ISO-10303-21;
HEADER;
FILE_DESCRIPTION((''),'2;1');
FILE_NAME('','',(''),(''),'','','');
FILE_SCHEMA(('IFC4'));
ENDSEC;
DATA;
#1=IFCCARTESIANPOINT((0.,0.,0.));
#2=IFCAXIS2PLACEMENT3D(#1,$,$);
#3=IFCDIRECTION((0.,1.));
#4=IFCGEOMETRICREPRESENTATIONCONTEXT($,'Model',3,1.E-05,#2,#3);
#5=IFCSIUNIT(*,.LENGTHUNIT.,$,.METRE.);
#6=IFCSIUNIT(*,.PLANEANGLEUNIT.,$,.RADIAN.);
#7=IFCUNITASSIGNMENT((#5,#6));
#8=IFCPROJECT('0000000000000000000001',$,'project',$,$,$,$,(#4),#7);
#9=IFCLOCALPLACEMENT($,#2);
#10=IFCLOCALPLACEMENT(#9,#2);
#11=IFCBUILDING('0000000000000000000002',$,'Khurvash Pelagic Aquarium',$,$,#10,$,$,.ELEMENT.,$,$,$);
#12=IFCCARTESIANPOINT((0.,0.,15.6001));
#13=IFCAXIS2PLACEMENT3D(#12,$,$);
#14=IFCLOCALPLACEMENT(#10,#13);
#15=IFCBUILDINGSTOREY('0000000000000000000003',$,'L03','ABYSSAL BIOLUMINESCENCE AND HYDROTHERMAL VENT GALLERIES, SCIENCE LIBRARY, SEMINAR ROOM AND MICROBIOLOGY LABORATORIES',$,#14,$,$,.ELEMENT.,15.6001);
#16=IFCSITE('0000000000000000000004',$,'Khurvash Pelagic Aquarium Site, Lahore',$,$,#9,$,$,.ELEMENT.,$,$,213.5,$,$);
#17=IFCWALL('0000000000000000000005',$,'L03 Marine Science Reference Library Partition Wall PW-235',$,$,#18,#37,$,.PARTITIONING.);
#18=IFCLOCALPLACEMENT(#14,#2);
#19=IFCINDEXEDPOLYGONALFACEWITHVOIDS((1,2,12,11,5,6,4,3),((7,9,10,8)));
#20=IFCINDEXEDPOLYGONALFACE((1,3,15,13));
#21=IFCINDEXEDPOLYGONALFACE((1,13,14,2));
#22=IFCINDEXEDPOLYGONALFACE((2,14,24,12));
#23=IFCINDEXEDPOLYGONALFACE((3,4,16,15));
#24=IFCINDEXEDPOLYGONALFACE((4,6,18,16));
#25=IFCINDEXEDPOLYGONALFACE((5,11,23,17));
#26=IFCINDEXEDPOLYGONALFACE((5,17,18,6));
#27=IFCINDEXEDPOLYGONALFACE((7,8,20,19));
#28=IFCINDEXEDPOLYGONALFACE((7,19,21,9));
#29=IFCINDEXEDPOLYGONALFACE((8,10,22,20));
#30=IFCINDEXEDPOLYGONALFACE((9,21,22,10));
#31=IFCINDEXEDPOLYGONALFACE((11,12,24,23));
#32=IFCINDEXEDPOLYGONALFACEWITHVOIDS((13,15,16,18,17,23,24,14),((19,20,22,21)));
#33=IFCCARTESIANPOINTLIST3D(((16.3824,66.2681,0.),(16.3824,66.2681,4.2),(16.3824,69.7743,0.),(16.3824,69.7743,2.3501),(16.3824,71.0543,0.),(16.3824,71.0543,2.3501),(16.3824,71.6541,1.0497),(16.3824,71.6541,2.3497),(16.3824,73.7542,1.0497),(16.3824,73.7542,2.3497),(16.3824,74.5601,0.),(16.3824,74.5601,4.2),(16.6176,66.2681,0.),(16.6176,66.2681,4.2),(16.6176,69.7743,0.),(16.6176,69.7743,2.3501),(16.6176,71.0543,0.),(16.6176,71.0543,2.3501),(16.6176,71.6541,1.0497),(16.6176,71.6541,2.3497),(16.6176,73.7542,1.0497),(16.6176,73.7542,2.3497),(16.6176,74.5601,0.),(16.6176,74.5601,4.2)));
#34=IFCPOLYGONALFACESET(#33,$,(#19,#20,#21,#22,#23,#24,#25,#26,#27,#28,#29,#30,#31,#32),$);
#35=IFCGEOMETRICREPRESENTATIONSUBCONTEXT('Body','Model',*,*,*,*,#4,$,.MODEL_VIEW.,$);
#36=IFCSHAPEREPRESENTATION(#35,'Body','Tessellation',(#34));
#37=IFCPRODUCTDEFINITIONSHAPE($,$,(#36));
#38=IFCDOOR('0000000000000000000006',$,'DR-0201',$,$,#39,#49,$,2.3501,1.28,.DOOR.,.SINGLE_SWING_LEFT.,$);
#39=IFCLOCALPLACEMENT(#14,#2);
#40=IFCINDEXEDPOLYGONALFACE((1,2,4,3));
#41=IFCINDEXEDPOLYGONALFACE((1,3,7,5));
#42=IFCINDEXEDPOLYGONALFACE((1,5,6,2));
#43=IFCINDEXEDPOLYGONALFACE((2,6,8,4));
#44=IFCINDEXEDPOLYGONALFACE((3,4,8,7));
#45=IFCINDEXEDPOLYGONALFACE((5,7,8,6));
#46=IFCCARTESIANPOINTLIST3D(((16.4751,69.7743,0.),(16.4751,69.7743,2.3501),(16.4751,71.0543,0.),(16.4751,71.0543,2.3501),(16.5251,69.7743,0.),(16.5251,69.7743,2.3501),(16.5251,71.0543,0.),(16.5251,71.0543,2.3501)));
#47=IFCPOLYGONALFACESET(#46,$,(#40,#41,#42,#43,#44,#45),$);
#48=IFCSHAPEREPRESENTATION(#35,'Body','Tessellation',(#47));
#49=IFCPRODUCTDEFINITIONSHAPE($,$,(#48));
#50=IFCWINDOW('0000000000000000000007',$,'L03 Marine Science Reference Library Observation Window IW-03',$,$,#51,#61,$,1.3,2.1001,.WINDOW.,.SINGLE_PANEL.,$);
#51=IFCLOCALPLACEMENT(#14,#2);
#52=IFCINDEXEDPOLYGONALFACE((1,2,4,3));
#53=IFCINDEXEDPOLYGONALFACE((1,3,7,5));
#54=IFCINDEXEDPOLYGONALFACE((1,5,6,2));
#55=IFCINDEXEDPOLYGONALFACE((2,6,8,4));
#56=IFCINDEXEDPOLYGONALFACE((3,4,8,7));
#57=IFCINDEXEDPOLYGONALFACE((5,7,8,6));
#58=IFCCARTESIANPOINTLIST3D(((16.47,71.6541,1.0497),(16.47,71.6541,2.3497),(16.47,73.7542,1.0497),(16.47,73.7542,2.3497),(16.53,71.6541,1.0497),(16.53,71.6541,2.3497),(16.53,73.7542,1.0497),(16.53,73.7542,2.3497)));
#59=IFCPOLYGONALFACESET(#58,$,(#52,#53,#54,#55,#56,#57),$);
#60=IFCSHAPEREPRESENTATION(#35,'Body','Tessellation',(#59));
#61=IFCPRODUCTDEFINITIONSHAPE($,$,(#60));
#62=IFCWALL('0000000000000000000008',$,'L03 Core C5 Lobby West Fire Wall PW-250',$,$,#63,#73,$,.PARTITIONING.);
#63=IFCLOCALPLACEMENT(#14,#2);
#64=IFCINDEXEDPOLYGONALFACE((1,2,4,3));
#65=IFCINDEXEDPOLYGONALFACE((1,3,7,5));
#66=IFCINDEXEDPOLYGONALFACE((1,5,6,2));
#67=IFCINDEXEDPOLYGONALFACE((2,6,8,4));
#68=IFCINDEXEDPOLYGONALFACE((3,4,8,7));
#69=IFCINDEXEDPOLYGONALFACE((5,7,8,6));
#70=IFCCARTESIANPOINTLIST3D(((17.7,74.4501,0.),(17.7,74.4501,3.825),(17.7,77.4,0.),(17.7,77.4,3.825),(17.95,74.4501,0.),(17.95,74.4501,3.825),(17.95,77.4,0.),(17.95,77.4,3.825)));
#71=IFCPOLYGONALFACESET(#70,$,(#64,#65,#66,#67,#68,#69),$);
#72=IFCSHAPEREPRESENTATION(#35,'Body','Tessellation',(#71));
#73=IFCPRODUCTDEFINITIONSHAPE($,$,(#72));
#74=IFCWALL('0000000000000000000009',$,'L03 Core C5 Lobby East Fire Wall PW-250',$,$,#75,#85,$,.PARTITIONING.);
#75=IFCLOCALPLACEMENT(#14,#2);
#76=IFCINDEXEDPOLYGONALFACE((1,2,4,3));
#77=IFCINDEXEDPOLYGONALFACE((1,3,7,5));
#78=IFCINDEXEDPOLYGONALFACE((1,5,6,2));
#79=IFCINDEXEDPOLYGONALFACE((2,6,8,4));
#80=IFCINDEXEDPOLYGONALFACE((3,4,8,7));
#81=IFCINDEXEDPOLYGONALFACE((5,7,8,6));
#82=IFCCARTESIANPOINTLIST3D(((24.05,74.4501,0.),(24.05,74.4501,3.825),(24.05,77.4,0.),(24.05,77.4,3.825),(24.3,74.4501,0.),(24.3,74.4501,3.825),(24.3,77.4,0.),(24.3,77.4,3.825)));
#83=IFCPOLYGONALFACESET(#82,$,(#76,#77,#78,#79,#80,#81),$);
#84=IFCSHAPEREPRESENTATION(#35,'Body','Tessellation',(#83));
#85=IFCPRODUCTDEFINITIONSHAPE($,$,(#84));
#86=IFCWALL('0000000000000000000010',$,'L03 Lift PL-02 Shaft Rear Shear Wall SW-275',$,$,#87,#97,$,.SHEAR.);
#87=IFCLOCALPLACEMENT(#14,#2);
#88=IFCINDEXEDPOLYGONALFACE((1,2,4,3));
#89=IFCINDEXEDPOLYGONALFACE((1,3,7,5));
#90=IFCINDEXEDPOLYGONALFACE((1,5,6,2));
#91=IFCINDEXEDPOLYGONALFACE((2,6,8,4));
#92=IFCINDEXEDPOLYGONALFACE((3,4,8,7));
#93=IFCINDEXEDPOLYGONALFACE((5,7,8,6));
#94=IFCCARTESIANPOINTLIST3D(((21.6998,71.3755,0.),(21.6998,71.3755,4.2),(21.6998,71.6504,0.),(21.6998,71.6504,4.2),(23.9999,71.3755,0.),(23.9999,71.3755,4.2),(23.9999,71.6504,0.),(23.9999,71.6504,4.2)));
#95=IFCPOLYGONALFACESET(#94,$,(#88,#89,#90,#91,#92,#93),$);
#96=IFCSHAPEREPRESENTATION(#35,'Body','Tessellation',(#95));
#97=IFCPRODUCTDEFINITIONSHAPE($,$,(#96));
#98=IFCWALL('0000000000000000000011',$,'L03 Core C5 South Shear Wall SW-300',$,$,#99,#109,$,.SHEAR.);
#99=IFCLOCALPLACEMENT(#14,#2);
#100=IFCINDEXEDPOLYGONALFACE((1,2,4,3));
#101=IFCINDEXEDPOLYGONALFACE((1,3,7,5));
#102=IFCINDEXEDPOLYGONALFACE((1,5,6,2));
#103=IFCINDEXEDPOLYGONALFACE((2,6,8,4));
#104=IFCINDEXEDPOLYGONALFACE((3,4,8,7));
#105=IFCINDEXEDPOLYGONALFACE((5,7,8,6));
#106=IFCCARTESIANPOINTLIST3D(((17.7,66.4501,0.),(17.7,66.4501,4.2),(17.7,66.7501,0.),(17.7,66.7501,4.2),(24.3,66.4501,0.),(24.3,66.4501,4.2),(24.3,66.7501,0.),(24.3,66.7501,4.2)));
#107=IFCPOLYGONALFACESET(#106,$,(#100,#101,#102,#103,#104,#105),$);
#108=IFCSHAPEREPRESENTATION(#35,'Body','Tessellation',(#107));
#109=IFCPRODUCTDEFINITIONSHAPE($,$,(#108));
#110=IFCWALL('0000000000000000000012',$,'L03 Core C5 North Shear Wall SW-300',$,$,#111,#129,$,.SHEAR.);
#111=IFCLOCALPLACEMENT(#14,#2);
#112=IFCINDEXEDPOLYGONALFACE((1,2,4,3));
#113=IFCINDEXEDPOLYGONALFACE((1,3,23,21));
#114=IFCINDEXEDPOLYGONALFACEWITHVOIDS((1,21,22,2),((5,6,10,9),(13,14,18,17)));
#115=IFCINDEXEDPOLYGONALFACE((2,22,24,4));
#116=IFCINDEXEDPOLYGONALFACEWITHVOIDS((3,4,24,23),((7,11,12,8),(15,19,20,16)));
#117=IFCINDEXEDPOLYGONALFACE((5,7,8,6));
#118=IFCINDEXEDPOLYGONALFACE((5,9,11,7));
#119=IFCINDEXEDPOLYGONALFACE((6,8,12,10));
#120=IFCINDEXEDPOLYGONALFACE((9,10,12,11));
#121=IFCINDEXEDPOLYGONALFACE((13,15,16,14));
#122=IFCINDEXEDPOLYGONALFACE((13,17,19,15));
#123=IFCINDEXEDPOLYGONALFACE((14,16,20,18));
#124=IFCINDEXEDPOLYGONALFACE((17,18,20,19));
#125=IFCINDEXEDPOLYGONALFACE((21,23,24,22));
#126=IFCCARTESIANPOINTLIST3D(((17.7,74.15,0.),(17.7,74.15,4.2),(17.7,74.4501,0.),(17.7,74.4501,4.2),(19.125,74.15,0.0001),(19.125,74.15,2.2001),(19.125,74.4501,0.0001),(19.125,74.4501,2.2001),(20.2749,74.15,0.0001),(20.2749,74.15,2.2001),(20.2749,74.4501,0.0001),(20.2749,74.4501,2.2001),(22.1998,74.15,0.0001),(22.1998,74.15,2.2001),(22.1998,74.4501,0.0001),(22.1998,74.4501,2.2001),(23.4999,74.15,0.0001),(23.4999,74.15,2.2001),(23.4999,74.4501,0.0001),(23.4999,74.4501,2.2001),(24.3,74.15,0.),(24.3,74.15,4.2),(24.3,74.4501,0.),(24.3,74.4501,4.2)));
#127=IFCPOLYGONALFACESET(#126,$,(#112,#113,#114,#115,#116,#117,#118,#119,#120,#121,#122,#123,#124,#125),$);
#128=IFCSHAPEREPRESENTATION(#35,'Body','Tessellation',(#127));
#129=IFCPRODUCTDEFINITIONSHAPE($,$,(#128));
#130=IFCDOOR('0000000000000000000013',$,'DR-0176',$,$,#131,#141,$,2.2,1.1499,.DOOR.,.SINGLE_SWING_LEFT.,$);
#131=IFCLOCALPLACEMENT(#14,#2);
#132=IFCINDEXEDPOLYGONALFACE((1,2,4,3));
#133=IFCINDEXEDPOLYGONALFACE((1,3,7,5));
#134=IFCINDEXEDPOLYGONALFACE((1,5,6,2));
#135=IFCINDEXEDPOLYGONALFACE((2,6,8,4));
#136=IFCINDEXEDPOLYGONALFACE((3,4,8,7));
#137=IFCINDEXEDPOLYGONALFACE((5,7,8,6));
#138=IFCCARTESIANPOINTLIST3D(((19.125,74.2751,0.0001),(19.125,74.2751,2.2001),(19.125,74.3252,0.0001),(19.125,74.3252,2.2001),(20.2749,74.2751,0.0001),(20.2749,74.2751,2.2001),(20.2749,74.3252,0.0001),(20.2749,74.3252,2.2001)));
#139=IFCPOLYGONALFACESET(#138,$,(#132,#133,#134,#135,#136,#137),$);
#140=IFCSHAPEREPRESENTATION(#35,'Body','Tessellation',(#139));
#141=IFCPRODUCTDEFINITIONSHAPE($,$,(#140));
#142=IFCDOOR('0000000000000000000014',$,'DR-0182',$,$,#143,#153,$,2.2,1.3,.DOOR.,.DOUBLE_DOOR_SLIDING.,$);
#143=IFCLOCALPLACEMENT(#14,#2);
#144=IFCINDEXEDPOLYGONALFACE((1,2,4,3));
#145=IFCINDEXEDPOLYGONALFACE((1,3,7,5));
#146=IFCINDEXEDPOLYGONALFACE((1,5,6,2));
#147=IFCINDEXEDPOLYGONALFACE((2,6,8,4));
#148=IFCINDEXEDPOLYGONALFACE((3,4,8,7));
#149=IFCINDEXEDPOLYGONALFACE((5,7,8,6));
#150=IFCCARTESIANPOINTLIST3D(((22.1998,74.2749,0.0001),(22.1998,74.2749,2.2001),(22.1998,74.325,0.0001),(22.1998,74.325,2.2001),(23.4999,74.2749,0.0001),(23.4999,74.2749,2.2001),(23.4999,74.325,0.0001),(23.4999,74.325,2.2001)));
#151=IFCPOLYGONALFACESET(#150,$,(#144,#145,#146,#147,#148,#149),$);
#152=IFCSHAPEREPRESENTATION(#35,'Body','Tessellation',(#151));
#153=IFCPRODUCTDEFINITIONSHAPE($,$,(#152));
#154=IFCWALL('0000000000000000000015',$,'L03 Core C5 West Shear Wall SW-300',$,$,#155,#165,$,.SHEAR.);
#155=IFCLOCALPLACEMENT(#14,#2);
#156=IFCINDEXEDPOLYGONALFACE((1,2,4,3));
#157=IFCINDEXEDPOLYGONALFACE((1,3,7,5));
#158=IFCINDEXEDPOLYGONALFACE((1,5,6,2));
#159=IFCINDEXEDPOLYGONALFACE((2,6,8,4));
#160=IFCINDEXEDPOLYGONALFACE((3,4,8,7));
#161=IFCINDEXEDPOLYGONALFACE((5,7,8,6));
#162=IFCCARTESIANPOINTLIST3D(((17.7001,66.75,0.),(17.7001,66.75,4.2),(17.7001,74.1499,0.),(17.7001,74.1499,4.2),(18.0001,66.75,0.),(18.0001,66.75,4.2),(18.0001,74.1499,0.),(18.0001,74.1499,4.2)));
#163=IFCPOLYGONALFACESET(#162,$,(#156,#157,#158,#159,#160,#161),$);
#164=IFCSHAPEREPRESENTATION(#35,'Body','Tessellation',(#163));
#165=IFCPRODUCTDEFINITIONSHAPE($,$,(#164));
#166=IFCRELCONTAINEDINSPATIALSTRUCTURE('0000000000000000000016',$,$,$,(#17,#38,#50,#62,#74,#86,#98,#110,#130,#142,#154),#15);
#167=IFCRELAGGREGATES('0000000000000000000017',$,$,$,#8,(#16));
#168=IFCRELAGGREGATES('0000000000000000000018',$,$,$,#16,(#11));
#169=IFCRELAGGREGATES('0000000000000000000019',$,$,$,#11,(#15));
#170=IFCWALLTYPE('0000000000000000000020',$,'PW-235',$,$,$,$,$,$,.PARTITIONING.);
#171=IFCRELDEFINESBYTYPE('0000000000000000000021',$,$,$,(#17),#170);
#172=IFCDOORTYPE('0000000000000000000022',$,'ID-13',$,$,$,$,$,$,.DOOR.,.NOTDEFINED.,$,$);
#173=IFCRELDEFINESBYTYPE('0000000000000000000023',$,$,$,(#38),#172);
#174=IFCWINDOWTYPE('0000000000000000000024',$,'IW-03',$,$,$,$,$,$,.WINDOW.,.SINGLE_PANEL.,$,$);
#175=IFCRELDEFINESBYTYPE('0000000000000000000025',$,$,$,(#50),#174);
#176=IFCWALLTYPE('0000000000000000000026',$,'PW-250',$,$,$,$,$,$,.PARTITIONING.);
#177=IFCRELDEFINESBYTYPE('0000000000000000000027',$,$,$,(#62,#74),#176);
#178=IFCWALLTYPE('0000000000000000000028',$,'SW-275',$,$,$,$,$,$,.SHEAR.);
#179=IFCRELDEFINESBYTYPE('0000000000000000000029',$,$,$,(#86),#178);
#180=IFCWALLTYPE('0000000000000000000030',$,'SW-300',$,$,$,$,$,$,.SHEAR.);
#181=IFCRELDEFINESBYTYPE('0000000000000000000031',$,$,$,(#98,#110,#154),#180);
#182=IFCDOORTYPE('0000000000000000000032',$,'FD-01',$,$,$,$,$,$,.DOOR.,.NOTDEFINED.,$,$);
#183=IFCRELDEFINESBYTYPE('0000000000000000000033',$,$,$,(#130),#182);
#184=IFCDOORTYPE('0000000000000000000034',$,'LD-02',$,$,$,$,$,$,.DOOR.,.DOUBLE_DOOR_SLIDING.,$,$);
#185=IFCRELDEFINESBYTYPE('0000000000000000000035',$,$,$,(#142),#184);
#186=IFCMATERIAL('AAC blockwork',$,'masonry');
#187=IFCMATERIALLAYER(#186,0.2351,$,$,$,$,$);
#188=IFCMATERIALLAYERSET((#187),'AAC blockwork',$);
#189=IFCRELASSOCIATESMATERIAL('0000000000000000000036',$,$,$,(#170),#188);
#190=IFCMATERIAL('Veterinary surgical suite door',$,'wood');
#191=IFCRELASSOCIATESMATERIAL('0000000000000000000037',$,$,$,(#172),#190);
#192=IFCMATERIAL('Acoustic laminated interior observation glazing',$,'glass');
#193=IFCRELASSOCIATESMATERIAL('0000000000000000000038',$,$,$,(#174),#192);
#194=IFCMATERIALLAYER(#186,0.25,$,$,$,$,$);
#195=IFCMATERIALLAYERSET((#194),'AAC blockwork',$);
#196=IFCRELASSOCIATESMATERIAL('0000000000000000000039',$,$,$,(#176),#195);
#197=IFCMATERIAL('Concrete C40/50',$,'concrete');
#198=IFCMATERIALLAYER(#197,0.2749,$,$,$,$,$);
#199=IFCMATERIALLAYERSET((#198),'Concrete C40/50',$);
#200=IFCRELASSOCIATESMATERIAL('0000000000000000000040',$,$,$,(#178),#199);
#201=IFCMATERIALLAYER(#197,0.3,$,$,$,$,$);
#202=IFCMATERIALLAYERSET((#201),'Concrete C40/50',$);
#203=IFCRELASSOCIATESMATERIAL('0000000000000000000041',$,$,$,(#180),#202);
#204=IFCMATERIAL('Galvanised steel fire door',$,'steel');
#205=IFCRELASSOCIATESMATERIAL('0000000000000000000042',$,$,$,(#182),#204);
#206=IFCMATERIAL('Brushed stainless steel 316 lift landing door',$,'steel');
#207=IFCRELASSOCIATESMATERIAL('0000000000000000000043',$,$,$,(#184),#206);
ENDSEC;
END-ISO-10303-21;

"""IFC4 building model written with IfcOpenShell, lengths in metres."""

from ifc_helpers import new_model, si_unit, direction, frame, frame_2d, origin, place, context, subcontext, project, spatial, rectangle, extrude, material, layer, layer_set, type_object, element, fill, save


model = new_model("IFC4")

# Units and contexts
model_context = context("Model", 3, precision=1e-05, world=origin(), true_north=direction((0.0, 1.0)))
body_context = subcontext(model_context, "Body", "Model", "MODEL_VIEW")
ifc_project = project(units=[si_unit("LENGTHUNIT", "METRE"), si_unit("PLANEANGLEUNIT", "RADIAN")], contexts=[model_context])

# Site, building, storey
site_placement = place(None, origin())
site = spatial("IfcSite", under=ifc_project, at=site_placement, Name="Khurvash Pelagic Aquarium Site, Lahore", CompositionType="ELEMENT", RefElevation=213.5)
building_placement = place(site_placement, origin())
building = spatial("IfcBuilding", under=site, at=building_placement, Name="Khurvash Pelagic Aquarium", CompositionType="ELEMENT")
storey_placement = place(building_placement, frame((0.0, 0.0, 15.6001)))
storey = spatial("IfcBuildingStorey", under=building, at=storey_placement, Name="L03", Description="ABYSSAL BIOLUMINESCENCE AND HYDROTHERMAL VENT GALLERIES, SCIENCE LIBRARY, SEMINAR ROOM AND MICROBIOLOGY LABORATORIES", CompositionType="ELEMENT", Elevation=15.6001)

# Shared definitions
ifc_material_1 = material(Name="Concrete C40/50", Category="concrete")

# Wall, openings, door, window
ifc_material_2 = material(Name="AAC blockwork", Category="masonry")
ifc_layer_1 = layer(ifc_material_2, 0.2351)
ifc_layer_set_1 = layer_set([ifc_layer_1], Name="AAC blockwork")
wall_type_1 = type_object("IfcWallType", Name="PW-235", PredefinedType="PARTITIONING", material=ifc_layer_set_1)
wall_1_placement = place(storey_placement, frame((16.5, 66.2681, 0.0), z_axis=(0.0, 0.0, 1.0), x_axis=(0.0, 1.0, 0.0)))
wall_1 = element("IfcWall", 1, at=wall_1_placement, inside=storey, type_object=wall_type_1, Name="L03 Marine Science Reference Library Partition Wall PW-235", PredefinedType="PARTITIONING", context=body_context, shape_type="SweptSolid", body=[
    extrude(rectangle(XDim=8.292, YDim=0.2351, at=frame_2d((4.146, 0.0))), origin(), (0.0, 0.0, 1.0), 4.2),
])
opening_1_placement = place(wall_1_placement, frame((3.5061, 0.0, 0.0)))
opening_1 = element("IfcOpeningElement", 2, at=opening_1_placement, cuts=wall_1, PredefinedType="OPENING", context=body_context, shape_type="SweptSolid", body=[
    extrude(rectangle(XDim=1.28, YDim=2.3501, at=frame_2d((0.6401, 1.175))), frame((0.0, 0.1274, 0.0), z_axis=(0.0, -1.0, 0.0), x_axis=(1.0, 0.0, 0.0)), (0.0, 0.0, 1.0), 0.2551),
])
opening_2_placement = place(wall_1_placement, frame((5.386, 0.0, 1.0498)))
opening_2 = element("IfcOpeningElement", 3, at=opening_2_placement, cuts=wall_1, PredefinedType="OPENING", context=body_context, shape_type="SweptSolid", body=[
    extrude(rectangle(XDim=2.1001, YDim=1.3, at=frame_2d((1.05, 0.6499))), frame((0.0, 0.1274, 0.0), z_axis=(0.0, -1.0, 0.0), x_axis=(1.0, 0.0, 0.0)), (0.0, 0.0, 1.0), 0.2551),
])
ifc_material_3 = material(Name="Veterinary surgical suite door", Category="wood")
door_type_1 = type_object("IfcDoorType", Name="ID-13", OperationType="NOTDEFINED", PredefinedType="DOOR", material=ifc_material_3)
door_1_placement = place(opening_1_placement, origin())
door_1 = element("IfcDoor", 4, at=door_1_placement, inside=storey, type_object=door_type_1, Name="DR-0201", OperationType="SINGLE_SWING_LEFT", OverallHeight=2.3501, OverallWidth=1.28, PredefinedType="DOOR", context=body_context, shape_type="SweptSolid", body=[
    extrude(rectangle(XDim=1.28, YDim=2.3501, at=frame_2d((0.6401, 1.175))), frame((0.0, 0.0249, 0.0), z_axis=(0.0, -1.0, 0.0), x_axis=(1.0, 0.0, 0.0)), (0.0, 0.0, 1.0), 0.05),
])
fill(opening_1, door_1)
ifc_material_4 = material(Name="Acoustic laminated interior observation glazing", Category="glass")
window_type = type_object("IfcWindowType", Name="IW-03", PartitioningType="SINGLE_PANEL", PredefinedType="WINDOW", material=ifc_material_4)
window_placement = place(opening_2_placement, origin())
window = element("IfcWindow", 5, at=window_placement, inside=storey, type_object=window_type, Name="L03 Marine Science Reference Library Observation Window IW-03", OverallHeight=1.3, OverallWidth=2.1001, PartitioningType="SINGLE_PANEL", PredefinedType="WINDOW", context=body_context, shape_type="SweptSolid", body=[
    extrude(rectangle(XDim=2.1001, YDim=1.3, at=frame_2d((1.05, 0.6499))), frame((0.0, 0.03, 0.0), z_axis=(0.0, -1.0, 0.0), x_axis=(1.0, 0.0, 0.0)), (0.0, 0.0, 1.0), 0.0601),
])
fill(opening_2, window)

# Walls
ifc_layer_2 = layer(ifc_material_2, 0.25)
ifc_layer_set_2 = layer_set([ifc_layer_2], Name="AAC blockwork")
wall_type_2 = type_object("IfcWallType", Name="PW-250", PredefinedType="PARTITIONING", material=ifc_layer_set_2)
for number, where, z_axis, x_axis, name in (
    (6, (17.825, 74.45, 0.0), (0.0, 0.0, 1.0), (0.0, 1.0, 0.0), "L03 Core C5 Lobby West Fire Wall PW-250"),
    (7, (24.175, 74.45, 0.0), (0.0, 0.0, 1.0), (0.0, 1.0, 0.0), "L03 Core C5 Lobby East Fire Wall PW-250"),
):
    element("IfcWall", number, at=place(storey_placement, frame(where, z_axis=z_axis, x_axis=x_axis)), inside=storey, type_object=wall_type_2, Name=name, PredefinedType="PARTITIONING", context=body_context, shape_type="SweptSolid", body=[
        extrude(rectangle(XDim=2.95, YDim=0.25, at=frame_2d((1.4751, 0.0))), origin(), (0.0, 0.0, 1.0), 3.825),
    ])
ifc_layer_3 = layer(ifc_material_1, 0.2749)
ifc_layer_set_3 = layer_set([ifc_layer_3], Name="Concrete C40/50")
wall_type_3 = type_object("IfcWallType", Name="SW-275", PredefinedType="SHEAR", material=ifc_layer_set_3)
wall_2_placement = place(storey_placement, frame((21.7, 71.5129, 0.0), z_axis=(0.0, 0.0, 1.0), x_axis=(1.0, 0.0, 0.0)))
element("IfcWall", 8, at=wall_2_placement, inside=storey, type_object=wall_type_3, Name="L03 Lift PL-02 Shaft Rear Shear Wall SW-275", PredefinedType="SHEAR", context=body_context, shape_type="SweptSolid", body=[
    extrude(rectangle(XDim=2.3, YDim=0.2749, at=frame_2d((1.1499, 0.0))), origin(), (0.0, 0.0, 1.0), 4.2),
])
ifc_layer_4 = layer(ifc_material_1, 0.3)
ifc_layer_set_4 = layer_set([ifc_layer_4], Name="Concrete C40/50")
wall_type_4 = type_object("IfcWallType", Name="SW-300", PredefinedType="SHEAR", material=ifc_layer_set_4)
wall_3_placement = place(storey_placement, frame((17.7, 66.6001, 0.0), z_axis=(0.0, 0.0, 1.0), x_axis=(1.0, 0.0, 0.0)))
element("IfcWall", 9, at=wall_3_placement, inside=storey, type_object=wall_type_4, Name="L03 Core C5 South Shear Wall SW-300", PredefinedType="SHEAR", context=body_context, shape_type="SweptSolid", body=[
    extrude(rectangle(XDim=6.6001, YDim=0.3, at=frame_2d((3.3, 0.0))), origin(), (0.0, 0.0, 1.0), 4.2),
])

# Wall, openings, doors
wall_4_placement = place(storey_placement, frame((17.7, 74.3, 0.0), z_axis=(0.0, 0.0, 1.0), x_axis=(1.0, 0.0, 0.0)))
wall_4 = element("IfcWall", 10, at=wall_4_placement, inside=storey, type_object=wall_type_4, Name="L03 Core C5 North Shear Wall SW-300", PredefinedType="SHEAR", context=body_context, shape_type="SweptSolid", body=[
    extrude(rectangle(XDim=6.6001, YDim=0.3, at=frame_2d((3.3, 0.0))), origin(), (0.0, 0.0, 1.0), 4.2),
])
opening_3_placement = place(wall_4_placement, frame((1.425, 0.0, 0.0)))
opening_3 = element("IfcOpeningElement", 11, at=opening_3_placement, cuts=wall_4, PredefinedType="OPENING", context=body_context, shape_type="SweptSolid", body=[
    extrude(rectangle(XDim=1.1499, YDim=2.2, at=frame_2d((0.575, 1.1001))), frame((0.0, 0.1602, 0.0), z_axis=(0.0, -1.0, 0.0), x_axis=(1.0, 0.0, 0.0)), (0.0, 0.0, 1.0), 0.3201),
])
opening_4_placement = place(wall_4_placement, frame((4.5, 0.0, 0.0)))
opening_4 = element("IfcOpeningElement", 12, at=opening_4_placement, cuts=wall_4, PredefinedType="OPENING", context=body_context, shape_type="SweptSolid", body=[
    extrude(rectangle(XDim=1.3, YDim=2.2, at=frame_2d((0.6499, 1.1001))), frame((0.0, 0.1602, 0.0), z_axis=(0.0, -1.0, 0.0), x_axis=(1.0, 0.0, 0.0)), (0.0, 0.0, 1.0), 0.3201),
])
ifc_material_5 = material(Name="Galvanised steel fire door", Category="steel")
door_type_2 = type_object("IfcDoorType", Name="FD-01", OperationType="NOTDEFINED", PredefinedType="DOOR", material=ifc_material_5)
door_2_placement = place(opening_3_placement, frame((1.1499, 0.0, 0.0), z_axis=(0.0, 0.0, 1.0), x_axis=(-1.0, 0.0, 0.0)))
door_2 = element("IfcDoor", 13, at=door_2_placement, inside=storey, type_object=door_type_2, Name="DR-0176", OperationType="SINGLE_SWING_LEFT", OverallHeight=2.2, OverallWidth=1.1499, PredefinedType="DOOR", context=body_context, shape_type="SweptSolid", body=[
    extrude(rectangle(XDim=1.1499, YDim=2.2, at=frame_2d((0.575, 1.1001))), frame((0.0, 0.0249, 0.0), z_axis=(0.0, -1.0, 0.0), x_axis=(1.0, 0.0, 0.0)), (0.0, 0.0, 1.0), 0.05),
])
fill(opening_3, door_2)
ifc_material_6 = material(Name="Brushed stainless steel 316 lift landing door", Category="steel")
door_type_3 = type_object("IfcDoorType", Name="LD-02", OperationType="DOUBLE_DOOR_SLIDING", PredefinedType="DOOR", material=ifc_material_6)
door_3_placement = place(opening_4_placement, origin())
door_3 = element("IfcDoor", 14, at=door_3_placement, inside=storey, type_object=door_type_3, Name="DR-0182", OperationType="DOUBLE_DOOR_SLIDING", OverallHeight=2.2, OverallWidth=1.3, PredefinedType="DOOR", context=body_context, shape_type="SweptSolid", body=[
    extrude(rectangle(XDim=1.3, YDim=2.2, at=frame_2d((0.6499, 1.1001))), frame((0.0, 0.0249, 0.0), z_axis=(0.0, -1.0, 0.0), x_axis=(1.0, 0.0, 0.0)), (0.0, 0.0, 1.0), 0.05),
])
fill(opening_4, door_3)

# Wall
for number, where, z_axis, x_axis, name in (
    (15, (17.8501, 66.75, 0.0), (0.0, 0.0, 1.0), (0.0, 1.0, 0.0), "L03 Core C5 West Shear Wall SW-300"),
):
    element("IfcWall", number, at=place(storey_placement, frame(where, z_axis=z_axis, x_axis=x_axis)), inside=storey, type_object=wall_type_4, Name=name, PredefinedType="SHEAR", context=body_context, shape_type="SweptSolid", body=[
        extrude(rectangle(XDim=7.3999, YDim=0.3, at=frame_2d((3.7, 0.0))), origin(), (0.0, 0.0, 1.0), 4.2),
    ])

save(model, "model.ifc")
